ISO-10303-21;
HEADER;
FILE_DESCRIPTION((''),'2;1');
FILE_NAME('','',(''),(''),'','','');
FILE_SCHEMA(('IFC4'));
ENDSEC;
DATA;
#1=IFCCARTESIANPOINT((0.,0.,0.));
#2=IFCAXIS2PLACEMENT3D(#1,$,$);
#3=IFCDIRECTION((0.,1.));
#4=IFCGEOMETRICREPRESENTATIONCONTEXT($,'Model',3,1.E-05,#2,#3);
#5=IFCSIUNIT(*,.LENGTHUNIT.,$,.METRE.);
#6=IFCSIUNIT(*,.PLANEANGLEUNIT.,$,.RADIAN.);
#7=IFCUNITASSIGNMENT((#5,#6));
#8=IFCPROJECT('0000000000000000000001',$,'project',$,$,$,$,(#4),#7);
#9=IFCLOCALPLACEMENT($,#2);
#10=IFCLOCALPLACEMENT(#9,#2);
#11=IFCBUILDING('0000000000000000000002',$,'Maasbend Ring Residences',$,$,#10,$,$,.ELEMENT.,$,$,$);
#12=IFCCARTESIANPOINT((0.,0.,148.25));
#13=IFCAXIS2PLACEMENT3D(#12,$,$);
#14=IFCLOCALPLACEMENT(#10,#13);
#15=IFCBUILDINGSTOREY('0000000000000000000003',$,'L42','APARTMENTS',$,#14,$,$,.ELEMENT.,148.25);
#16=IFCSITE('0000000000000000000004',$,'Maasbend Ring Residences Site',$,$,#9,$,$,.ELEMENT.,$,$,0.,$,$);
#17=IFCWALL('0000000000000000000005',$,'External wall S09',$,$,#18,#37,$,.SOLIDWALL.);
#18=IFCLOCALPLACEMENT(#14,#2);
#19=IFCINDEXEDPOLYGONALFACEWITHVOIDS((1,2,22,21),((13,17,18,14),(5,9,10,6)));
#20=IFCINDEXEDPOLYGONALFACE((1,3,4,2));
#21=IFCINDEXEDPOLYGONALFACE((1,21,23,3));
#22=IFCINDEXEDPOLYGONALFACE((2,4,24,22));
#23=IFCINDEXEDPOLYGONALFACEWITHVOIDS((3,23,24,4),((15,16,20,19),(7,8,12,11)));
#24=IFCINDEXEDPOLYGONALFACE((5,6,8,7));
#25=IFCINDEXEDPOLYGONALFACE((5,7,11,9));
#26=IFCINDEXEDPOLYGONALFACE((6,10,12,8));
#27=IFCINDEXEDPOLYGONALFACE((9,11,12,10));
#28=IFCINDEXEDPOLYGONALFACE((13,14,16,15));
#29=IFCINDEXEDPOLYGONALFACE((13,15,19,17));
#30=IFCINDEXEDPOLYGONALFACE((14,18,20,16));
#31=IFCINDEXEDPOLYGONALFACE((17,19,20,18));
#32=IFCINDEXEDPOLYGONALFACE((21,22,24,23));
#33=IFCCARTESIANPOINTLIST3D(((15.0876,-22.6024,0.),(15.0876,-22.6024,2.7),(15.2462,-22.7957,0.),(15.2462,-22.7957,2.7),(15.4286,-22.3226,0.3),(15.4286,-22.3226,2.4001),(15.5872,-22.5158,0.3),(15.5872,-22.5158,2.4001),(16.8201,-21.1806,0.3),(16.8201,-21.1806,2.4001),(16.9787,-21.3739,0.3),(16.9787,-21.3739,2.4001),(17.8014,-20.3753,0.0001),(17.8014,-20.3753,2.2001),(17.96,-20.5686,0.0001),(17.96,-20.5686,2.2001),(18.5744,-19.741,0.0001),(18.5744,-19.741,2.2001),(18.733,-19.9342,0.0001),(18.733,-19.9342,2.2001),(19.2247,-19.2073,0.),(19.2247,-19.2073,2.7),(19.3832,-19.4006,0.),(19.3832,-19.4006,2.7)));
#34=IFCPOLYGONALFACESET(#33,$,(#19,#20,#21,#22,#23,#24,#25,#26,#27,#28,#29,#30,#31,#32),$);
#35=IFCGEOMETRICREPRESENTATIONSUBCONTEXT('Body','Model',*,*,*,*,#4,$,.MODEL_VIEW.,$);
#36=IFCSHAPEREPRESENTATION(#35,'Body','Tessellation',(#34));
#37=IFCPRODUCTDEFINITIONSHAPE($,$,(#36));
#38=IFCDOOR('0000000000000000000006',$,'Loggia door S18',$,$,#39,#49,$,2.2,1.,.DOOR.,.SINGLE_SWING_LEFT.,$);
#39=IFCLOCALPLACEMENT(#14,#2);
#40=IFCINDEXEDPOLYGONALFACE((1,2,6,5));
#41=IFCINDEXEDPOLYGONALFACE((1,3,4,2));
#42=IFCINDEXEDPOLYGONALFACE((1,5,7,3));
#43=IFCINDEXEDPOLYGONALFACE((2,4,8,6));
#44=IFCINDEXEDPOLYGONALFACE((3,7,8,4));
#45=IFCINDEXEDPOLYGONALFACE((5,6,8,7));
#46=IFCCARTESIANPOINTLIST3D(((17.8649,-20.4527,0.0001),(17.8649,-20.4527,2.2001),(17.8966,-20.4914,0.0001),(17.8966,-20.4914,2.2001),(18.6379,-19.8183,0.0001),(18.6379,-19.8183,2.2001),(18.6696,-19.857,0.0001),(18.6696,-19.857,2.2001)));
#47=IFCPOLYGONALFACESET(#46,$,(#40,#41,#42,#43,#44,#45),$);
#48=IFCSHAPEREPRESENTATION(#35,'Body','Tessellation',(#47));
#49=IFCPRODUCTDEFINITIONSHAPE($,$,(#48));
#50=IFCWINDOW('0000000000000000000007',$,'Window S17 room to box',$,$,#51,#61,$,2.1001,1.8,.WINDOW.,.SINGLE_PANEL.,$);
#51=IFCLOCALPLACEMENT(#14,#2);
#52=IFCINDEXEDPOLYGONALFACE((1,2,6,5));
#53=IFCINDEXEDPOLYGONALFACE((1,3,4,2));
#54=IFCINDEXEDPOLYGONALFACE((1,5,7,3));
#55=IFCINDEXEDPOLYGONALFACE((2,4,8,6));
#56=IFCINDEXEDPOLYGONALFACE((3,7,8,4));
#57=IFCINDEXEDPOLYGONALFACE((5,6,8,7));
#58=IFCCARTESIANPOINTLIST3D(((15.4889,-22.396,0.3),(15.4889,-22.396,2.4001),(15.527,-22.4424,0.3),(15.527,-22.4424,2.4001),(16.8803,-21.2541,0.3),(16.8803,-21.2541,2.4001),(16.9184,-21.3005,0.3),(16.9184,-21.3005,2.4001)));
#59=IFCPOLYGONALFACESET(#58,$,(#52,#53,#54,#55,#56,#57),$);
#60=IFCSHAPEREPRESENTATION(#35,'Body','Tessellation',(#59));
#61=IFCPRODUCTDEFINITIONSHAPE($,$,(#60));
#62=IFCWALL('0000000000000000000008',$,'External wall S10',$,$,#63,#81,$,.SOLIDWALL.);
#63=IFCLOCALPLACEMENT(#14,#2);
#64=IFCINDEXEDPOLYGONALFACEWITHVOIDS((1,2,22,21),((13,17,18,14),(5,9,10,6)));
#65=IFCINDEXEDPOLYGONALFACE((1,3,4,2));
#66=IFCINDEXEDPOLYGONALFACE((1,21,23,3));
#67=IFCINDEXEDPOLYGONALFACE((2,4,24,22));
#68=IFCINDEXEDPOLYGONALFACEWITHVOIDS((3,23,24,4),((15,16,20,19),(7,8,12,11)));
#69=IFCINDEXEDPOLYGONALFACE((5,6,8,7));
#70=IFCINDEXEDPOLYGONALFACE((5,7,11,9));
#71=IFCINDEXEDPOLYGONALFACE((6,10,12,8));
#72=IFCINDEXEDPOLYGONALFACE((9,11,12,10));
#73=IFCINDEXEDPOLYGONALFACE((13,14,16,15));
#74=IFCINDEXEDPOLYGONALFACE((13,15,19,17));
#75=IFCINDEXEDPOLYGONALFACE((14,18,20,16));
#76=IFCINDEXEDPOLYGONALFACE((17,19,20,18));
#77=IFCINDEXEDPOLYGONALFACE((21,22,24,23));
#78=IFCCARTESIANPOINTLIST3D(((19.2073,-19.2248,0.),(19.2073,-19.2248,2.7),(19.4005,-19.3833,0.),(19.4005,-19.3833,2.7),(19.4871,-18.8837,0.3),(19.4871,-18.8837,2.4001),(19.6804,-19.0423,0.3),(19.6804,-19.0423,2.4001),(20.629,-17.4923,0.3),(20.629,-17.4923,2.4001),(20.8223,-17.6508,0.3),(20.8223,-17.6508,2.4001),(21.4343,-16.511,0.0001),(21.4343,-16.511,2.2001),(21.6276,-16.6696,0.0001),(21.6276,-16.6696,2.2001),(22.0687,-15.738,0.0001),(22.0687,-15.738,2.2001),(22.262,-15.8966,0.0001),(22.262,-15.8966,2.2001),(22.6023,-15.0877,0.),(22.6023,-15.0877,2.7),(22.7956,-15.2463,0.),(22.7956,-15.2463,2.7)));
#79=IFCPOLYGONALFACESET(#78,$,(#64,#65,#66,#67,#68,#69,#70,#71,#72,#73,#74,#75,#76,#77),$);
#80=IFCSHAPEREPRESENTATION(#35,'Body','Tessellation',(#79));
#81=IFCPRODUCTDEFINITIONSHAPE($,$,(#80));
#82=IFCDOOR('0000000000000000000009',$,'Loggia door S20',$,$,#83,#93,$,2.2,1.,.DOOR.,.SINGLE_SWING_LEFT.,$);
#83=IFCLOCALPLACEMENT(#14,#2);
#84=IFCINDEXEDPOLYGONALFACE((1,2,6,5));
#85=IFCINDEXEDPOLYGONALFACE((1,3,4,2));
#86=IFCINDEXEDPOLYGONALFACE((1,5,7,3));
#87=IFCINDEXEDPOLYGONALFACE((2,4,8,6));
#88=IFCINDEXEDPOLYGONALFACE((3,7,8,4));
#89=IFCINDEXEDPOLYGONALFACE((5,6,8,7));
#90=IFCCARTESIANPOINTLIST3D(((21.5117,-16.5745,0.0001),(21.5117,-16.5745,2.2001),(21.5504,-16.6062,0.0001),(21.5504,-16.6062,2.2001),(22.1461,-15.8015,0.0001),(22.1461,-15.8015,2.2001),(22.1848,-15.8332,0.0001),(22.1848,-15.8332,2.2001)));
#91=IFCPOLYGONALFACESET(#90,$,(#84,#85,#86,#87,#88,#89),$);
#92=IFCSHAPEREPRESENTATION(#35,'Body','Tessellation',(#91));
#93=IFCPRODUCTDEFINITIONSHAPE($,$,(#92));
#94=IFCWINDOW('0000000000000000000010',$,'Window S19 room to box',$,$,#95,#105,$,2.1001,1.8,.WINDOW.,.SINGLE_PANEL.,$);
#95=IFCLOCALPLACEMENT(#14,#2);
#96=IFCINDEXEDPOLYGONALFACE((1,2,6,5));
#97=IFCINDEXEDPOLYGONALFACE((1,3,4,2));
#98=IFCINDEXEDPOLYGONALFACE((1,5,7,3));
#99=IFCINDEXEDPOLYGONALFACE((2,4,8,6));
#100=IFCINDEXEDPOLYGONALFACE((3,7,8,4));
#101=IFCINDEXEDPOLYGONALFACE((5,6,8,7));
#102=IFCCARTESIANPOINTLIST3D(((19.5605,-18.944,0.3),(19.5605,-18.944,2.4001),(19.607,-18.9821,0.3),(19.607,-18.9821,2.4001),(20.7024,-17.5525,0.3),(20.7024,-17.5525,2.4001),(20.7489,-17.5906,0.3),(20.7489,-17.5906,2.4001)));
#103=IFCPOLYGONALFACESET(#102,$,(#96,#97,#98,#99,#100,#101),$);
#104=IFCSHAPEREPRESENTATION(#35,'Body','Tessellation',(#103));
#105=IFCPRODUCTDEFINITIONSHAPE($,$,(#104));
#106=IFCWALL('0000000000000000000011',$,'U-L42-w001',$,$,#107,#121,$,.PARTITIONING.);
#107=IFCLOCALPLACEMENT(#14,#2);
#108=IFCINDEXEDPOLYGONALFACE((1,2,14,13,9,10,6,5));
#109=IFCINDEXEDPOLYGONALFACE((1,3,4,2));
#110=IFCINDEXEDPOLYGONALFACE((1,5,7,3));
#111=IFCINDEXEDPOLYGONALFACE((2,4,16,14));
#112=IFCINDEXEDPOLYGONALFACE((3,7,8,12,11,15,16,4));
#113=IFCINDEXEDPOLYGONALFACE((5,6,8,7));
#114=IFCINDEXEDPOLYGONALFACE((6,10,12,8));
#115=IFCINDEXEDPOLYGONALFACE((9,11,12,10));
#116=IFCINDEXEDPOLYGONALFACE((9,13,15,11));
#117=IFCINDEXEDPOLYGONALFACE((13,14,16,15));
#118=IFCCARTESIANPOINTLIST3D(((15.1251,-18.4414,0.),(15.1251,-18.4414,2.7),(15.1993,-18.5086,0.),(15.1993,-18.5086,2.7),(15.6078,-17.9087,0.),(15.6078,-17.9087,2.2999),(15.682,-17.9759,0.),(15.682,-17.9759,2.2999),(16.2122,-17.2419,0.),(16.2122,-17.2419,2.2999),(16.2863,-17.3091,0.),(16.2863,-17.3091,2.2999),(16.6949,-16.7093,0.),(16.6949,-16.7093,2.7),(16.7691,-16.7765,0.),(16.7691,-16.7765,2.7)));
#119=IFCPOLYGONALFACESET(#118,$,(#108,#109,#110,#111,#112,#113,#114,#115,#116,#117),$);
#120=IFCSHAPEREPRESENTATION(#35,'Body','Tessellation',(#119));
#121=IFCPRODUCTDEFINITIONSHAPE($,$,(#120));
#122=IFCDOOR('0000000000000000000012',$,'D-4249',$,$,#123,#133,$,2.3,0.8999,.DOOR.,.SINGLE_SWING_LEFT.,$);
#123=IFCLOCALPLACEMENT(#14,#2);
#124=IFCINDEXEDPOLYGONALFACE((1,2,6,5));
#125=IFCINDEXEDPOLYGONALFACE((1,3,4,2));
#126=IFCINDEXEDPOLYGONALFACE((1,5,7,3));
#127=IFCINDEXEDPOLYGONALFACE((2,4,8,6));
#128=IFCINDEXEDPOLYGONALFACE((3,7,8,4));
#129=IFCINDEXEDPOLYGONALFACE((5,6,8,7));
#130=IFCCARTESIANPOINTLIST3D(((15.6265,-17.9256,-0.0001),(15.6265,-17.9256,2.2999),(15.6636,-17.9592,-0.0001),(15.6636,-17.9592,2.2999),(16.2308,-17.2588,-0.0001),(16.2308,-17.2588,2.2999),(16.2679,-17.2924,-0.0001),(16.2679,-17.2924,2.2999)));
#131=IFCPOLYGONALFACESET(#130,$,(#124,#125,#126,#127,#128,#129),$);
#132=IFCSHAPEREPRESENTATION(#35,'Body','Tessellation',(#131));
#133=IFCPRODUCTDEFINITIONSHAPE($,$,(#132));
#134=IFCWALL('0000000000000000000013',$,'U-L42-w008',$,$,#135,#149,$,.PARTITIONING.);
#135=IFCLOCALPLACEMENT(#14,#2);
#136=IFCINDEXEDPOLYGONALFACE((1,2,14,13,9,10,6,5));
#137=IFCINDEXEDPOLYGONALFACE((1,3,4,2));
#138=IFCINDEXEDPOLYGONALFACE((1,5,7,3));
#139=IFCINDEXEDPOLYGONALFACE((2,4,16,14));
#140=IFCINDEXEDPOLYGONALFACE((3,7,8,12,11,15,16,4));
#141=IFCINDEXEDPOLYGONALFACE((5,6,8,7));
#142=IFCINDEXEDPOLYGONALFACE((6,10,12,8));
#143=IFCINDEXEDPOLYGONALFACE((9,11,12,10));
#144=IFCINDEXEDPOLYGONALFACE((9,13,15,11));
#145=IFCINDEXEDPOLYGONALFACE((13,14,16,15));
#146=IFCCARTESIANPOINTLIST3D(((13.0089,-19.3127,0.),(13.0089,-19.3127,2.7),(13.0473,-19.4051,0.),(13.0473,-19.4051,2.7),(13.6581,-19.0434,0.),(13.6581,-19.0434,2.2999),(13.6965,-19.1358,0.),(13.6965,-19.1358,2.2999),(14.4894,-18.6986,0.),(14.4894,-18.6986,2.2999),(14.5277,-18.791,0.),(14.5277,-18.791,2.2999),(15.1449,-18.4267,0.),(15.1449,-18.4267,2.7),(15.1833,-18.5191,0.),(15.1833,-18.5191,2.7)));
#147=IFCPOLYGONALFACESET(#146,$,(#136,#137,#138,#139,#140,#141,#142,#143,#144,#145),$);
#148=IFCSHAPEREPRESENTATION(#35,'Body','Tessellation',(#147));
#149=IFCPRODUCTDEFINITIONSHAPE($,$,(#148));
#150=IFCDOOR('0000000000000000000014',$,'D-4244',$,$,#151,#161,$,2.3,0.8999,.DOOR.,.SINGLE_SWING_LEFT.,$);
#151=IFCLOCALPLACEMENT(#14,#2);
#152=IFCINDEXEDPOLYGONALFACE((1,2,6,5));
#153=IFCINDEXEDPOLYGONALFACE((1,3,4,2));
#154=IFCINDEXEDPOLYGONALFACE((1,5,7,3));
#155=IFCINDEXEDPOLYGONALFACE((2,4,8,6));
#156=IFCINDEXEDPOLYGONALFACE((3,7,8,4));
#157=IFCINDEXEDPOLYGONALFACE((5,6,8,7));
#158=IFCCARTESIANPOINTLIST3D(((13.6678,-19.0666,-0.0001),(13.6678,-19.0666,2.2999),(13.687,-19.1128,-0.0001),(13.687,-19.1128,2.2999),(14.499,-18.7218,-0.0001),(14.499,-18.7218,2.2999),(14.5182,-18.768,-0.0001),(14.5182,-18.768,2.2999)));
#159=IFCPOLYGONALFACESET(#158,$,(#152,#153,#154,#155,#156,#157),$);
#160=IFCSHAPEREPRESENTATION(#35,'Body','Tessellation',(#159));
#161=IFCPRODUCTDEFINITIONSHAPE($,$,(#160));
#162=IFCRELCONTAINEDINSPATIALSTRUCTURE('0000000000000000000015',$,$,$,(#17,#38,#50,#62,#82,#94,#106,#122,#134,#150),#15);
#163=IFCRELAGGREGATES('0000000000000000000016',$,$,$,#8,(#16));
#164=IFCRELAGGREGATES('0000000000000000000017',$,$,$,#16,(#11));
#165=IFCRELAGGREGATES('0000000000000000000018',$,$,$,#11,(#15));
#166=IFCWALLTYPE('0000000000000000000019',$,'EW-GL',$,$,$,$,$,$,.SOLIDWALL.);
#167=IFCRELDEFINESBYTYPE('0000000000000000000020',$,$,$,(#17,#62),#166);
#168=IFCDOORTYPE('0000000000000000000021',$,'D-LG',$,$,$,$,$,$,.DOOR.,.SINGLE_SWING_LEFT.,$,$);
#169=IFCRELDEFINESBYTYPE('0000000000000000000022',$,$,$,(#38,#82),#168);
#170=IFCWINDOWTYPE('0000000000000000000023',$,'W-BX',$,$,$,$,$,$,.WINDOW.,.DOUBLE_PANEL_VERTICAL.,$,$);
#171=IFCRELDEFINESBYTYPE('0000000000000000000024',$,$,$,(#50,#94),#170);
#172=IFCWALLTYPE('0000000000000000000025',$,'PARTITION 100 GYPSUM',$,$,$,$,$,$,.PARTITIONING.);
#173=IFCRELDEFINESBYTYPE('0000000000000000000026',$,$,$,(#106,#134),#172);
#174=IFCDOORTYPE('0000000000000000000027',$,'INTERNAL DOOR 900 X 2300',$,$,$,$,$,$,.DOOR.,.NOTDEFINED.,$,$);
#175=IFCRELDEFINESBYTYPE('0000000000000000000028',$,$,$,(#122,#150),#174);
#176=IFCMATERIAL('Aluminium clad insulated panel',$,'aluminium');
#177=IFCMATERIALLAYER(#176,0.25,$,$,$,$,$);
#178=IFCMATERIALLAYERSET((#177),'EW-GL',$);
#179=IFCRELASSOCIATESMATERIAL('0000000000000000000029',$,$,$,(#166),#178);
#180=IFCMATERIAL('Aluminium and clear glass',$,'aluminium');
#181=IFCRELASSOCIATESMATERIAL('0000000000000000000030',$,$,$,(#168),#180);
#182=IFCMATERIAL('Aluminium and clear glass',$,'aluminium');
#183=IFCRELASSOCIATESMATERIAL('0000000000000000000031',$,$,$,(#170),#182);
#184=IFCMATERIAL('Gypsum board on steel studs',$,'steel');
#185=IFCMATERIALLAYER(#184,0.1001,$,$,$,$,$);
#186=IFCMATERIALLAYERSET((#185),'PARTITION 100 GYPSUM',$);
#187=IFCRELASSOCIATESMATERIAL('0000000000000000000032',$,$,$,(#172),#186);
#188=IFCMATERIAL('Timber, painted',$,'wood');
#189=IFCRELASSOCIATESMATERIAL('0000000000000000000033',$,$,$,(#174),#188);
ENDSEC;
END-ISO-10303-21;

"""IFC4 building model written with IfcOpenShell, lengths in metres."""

from ifc_helpers import new_model, si_unit, direction, frame, frame_2d, origin, place, context, subcontext, project, spatial, rectangle, extrude, material, layer, layer_set, type_object, element, fill, save


model = new_model("IFC4")

# Units and contexts
model_context = context("Model", 3, precision=1e-05, world=origin(), true_north=direction((0.0, 1.0)))
body_context = subcontext(model_context, "Body", "Model", "MODEL_VIEW")
ifc_project = project(units=[si_unit("LENGTHUNIT", "METRE"), si_unit("PLANEANGLEUNIT", "RADIAN")], contexts=[model_context])

# Site, building, storey
site_placement = place(None, origin())
site = spatial("IfcSite", under=ifc_project, at=site_placement, Name="Maasbend Ring Residences Site", CompositionType="ELEMENT", RefElevation=0.0)
building_placement = place(site_placement, origin())
building = spatial("IfcBuilding", under=site, at=building_placement, Name="Maasbend Ring Residences", CompositionType="ELEMENT")
storey_placement = place(building_placement, frame((0.0, 0.0, 148.25)))
storey = spatial("IfcBuildingStorey", under=building, at=storey_placement, Name="L42", Description="APARTMENTS", CompositionType="ELEMENT", Elevation=148.25)

# Walls, openings, doors, windows
ifc_material_1 = material(Name="Aluminium clad insulated panel", Category="aluminium")
ifc_layer_1 = layer(ifc_material_1, 0.25)
ifc_layer_set_1 = layer_set([ifc_layer_1], Name="EW-GL")
wall_type_1 = type_object("IfcWallType", Name="EW-GL", PredefinedType="SOLIDWALL", material=ifc_layer_set_1)
wall_1_placement = place(storey_placement, frame((15.167, -22.699, 0.0), z_axis=(0.0, 0.0, 1.0), x_axis=(0.773019, 0.634382, 0.0)))
wall_1 = element("IfcWall", 1, at=wall_1_placement, inside=storey, type_object=wall_type_1, Name="External wall S09", PredefinedType="SOLIDWALL", context=body_context, shape_type="SweptSolid", body=[
    extrude(rectangle(XDim=5.3518, YDim=0.25, at=frame_2d((2.6758, 0.0))), origin(), (0.0, 0.0, 1.0), 2.7),
])
opening_1_placement = place(wall_1_placement, frame((0.4412, 0.0, 0.3)))
opening_1 = element("IfcOpeningElement", 2, at=opening_1_placement, cuts=wall_1, PredefinedType="OPENING", context=body_context, shape_type="SweptSolid", body=[
    extrude(rectangle(XDim=1.8, YDim=2.1001, at=frame_2d((0.8999, 1.05))), frame((0.0, 0.135, 0.0), z_axis=(0.0, -1.0, 0.0), x_axis=(1.0, 0.0, 0.0)), (0.0, 0.0, 1.0), 0.27),
])
opening_2_placement = place(wall_1_placement, frame((3.5105, 0.0, 0.0)))
opening_2 = element("IfcOpeningElement", 3, at=opening_2_placement, cuts=wall_1, PredefinedType="OPENING", context=body_context, shape_type="SweptSolid", body=[
    extrude(rectangle(XDim=1.0, YDim=2.2, at=frame_2d((0.5, 1.1001))), frame((0.0, 0.135, 0.0), z_axis=(0.0, -1.0, 0.0), x_axis=(1.0, 0.0, 0.0)), (0.0, 0.0, 1.0), 0.27),
])
ifc_material_2 = material(Name="Aluminium and clear glass", Category="aluminium")
door_type_1 = type_object("IfcDoorType", Name="D-LG", OperationType="SINGLE_SWING_LEFT", PredefinedType="DOOR", material=ifc_material_2)
door_1_placement = place(opening_2_placement, origin())
door_1 = element("IfcDoor", 4, at=door_1_placement, inside=storey, type_object=door_type_1, Name="Loggia door S18", OperationType="SINGLE_SWING_LEFT", OverallHeight=2.2, OverallWidth=1.0, PredefinedType="DOOR", context=body_context, shape_type="SweptSolid", body=[
    extrude(rectangle(XDim=1.0, YDim=2.2, at=frame_2d((0.5, 1.1001))), frame((0.0, 0.0249, 0.0), z_axis=(0.0, -1.0, 0.0), x_axis=(1.0, 0.0, 0.0)), (0.0, 0.0, 1.0), 0.05),
])
fill(opening_2, door_1)
ifc_material_3 = material(Name="Aluminium and clear glass", Category="aluminium")
window_type_1 = type_object("IfcWindowType", Name="W-BX", PartitioningType="DOUBLE_PANEL_VERTICAL", PredefinedType="WINDOW", material=ifc_material_3)
window_1_placement = place(opening_1_placement, origin())
window_1 = element("IfcWindow", 5, at=window_1_placement, inside=storey, type_object=window_type_1, Name="Window S17 room to box", OverallHeight=2.1001, OverallWidth=1.8, PartitioningType="SINGLE_PANEL", PredefinedType="WINDOW", context=body_context, shape_type="SweptSolid", body=[
    extrude(rectangle(XDim=1.8, YDim=2.1001, at=frame_2d((0.8999, 1.05))), frame((0.0, 0.03, 0.0), z_axis=(0.0, -1.0, 0.0), x_axis=(1.0, 0.0, 0.0)), (0.0, 0.0, 1.0), 0.0601),
])
fill(opening_1, window_1)
wall_2_placement = place(storey_placement, frame((19.304, -19.304, 0.0), z_axis=(0.0, 0.0, 1.0), x_axis=(0.634382, 0.773019, 0.0)))
wall_2 = element("IfcWall", 6, at=wall_2_placement, inside=storey, type_object=wall_type_1, Name="External wall S10", PredefinedType="SOLIDWALL", context=body_context, shape_type="SweptSolid", body=[
    extrude(rectangle(XDim=5.3518, YDim=0.25, at=frame_2d((2.6758, 0.0))), origin(), (0.0, 0.0, 1.0), 2.7),
])
opening_3_placement = place(wall_2_placement, frame((0.4412, 0.0, 0.3)))
opening_3 = element("IfcOpeningElement", 7, at=opening_3_placement, cuts=wall_2, PredefinedType="OPENING", context=body_context, shape_type="SweptSolid", body=[
    extrude(rectangle(XDim=1.8, YDim=2.1001, at=frame_2d((0.8999, 1.05))), frame((0.0, 0.135, 0.0), z_axis=(0.0, -1.0, 0.0), x_axis=(1.0, 0.0, 0.0)), (0.0, 0.0, 1.0), 0.27),
])
opening_4_placement = place(wall_2_placement, frame((3.5105, 0.0, 0.0)))
opening_4 = element("IfcOpeningElement", 8, at=opening_4_placement, cuts=wall_2, PredefinedType="OPENING", context=body_context, shape_type="SweptSolid", body=[
    extrude(rectangle(XDim=1.0, YDim=2.2, at=frame_2d((0.5, 1.1001))), frame((0.0, 0.135, 0.0), z_axis=(0.0, -1.0, 0.0), x_axis=(1.0, 0.0, 0.0)), (0.0, 0.0, 1.0), 0.27),
])
door_2_placement = place(opening_4_placement, origin())
door_2 = element("IfcDoor", 9, at=door_2_placement, inside=storey, type_object=door_type_1, Name="Loggia door S20", OperationType="SINGLE_SWING_LEFT", OverallHeight=2.2, OverallWidth=1.0, PredefinedType="DOOR", context=body_context, shape_type="SweptSolid", body=[
    extrude(rectangle(XDim=1.0, YDim=2.2, at=frame_2d((0.5, 1.1001))), frame((0.0, 0.0249, 0.0), z_axis=(0.0, -1.0, 0.0), x_axis=(1.0, 0.0, 0.0)), (0.0, 0.0, 1.0), 0.05),
])
fill(opening_4, door_2)
window_2_placement = place(opening_3_placement, origin())
window_2 = element("IfcWindow", 10, at=window_2_placement, inside=storey, type_object=window_type_1, Name="Window S19 room to box", OverallHeight=2.1001, OverallWidth=1.8, PartitioningType="SINGLE_PANEL", PredefinedType="WINDOW", context=body_context, shape_type="SweptSolid", body=[
    extrude(rectangle(XDim=1.8, YDim=2.1001, at=frame_2d((0.8999, 1.05))), frame((0.0, 0.03, 0.0), z_axis=(0.0, -1.0, 0.0), x_axis=(1.0, 0.0, 0.0)), (0.0, 0.0, 1.0), 0.0601),
])
fill(opening_3, window_2)

# Walls, openings, doors
ifc_material_4 = material(Name="Gypsum board on steel studs", Category="steel")
ifc_layer_2 = layer(ifc_material_4, 0.1001)
ifc_layer_set_2 = layer_set([ifc_layer_2], Name="PARTITION 100 GYPSUM")
wall_type_2 = type_object("IfcWallType", Name="PARTITION 100 GYPSUM", PredefinedType="PARTITIONING", material=ifc_layer_set_2)
wall_3_placement = place(storey_placement, frame((15.1621, -18.4751, 0.0), z_axis=(0.0, 0.0, 1.0), x_axis=(0.671528, 0.740979, 0.0)))
wall_3 = element("IfcWall", 11, at=wall_3_placement, inside=storey, type_object=wall_type_2, Name="U-L42-w001", PredefinedType="PARTITIONING", context=body_context, shape_type="SweptSolid", body=[
    extrude(rectangle(XDim=2.3376, YDim=0.1001, at=frame_2d((1.1689, 0.0))), origin(), (0.0, 0.0, 1.0), 2.7),
])
opening_5_placement = place(wall_3_placement, frame((0.719, 0.0, 0.0)))
opening_5 = element("IfcOpeningElement", 12, at=opening_5_placement, cuts=wall_3, PredefinedType="OPENING", context=body_context, shape_type="SweptSolid", body=[
    extrude(rectangle(XDim=0.8999, YDim=2.3, at=frame_2d((0.45, 1.1499))), frame((0.0, 0.0601, 0.0), z_axis=(0.0, -1.0, 0.0), x_axis=(1.0, 0.0, 0.0)), (0.0, 0.0, 1.0), 0.1201),
])
ifc_material_5 = material(Name="Timber, painted", Category="wood")
door_type_2 = type_object("IfcDoorType", Name="INTERNAL DOOR 900 X 2300", OperationType="NOTDEFINED", PredefinedType="DOOR", material=ifc_material_5)
door_3_placement = place(opening_5_placement, origin())
door_3 = element("IfcDoor", 13, at=door_3_placement, inside=storey, type_object=door_type_2, Name="D-4249", OperationType="SINGLE_SWING_LEFT", OverallHeight=2.3, OverallWidth=0.8999, PredefinedType="DOOR", context=body_context, shape_type="SweptSolid", body=[
    extrude(rectangle(XDim=0.8999, YDim=2.3, at=frame_2d((0.45, 1.1499))), frame((0.0, 0.0249, 0.0), z_axis=(0.0, -1.0, 0.0), x_axis=(1.0, 0.0, 0.0)), (0.0, 0.0, 1.0), 0.05),
])
fill(opening_5, door_3)
wall_4_placement = place(storey_placement, frame((13.0281, -19.3589, 0.0), z_axis=(0.0, 0.0, 1.0), x_axis=(0.923691, 0.383138, 0.0)))
wall_4 = element("IfcWall", 14, at=wall_4_placement, inside=storey, type_object=wall_type_2, Name="U-L42-w008", PredefinedType="PARTITIONING", context=body_context, shape_type="SweptSolid", body=[
    extrude(rectangle(XDim=2.3125, YDim=0.1001, at=frame_2d((1.1562, 0.0))), origin(), (0.0, 0.0, 1.0), 2.7),
])
opening_6_placement = place(wall_4_placement, frame((0.7029, 0.0, 0.0)))
opening_6 = element("IfcOpeningElement", 15, at=opening_6_placement, cuts=wall_4, PredefinedType="OPENING", context=body_context, shape_type="SweptSolid", body=[
    extrude(rectangle(XDim=0.8999, YDim=2.3, at=frame_2d((0.45, 1.1499))), frame((0.0, 0.0601, 0.0), z_axis=(0.0, -1.0, 0.0), x_axis=(1.0, 0.0, 0.0)), (0.0, 0.0, 1.0), 0.1201),
])
door_4_placement = place(opening_6_placement, origin())
door_4 = element("IfcDoor", 16, at=door_4_placement, inside=storey, type_object=door_type_2, Name="D-4244", OperationType="SINGLE_SWING_LEFT", OverallHeight=2.3, OverallWidth=0.8999, PredefinedType="DOOR", context=body_context, shape_type="SweptSolid", body=[
    extrude(rectangle(XDim=0.8999, YDim=2.3, at=frame_2d((0.45, 1.1499))), frame((0.0, 0.0249, 0.0), z_axis=(0.0, -1.0, 0.0), x_axis=(1.0, 0.0, 0.0)), (0.0, 0.0, 1.0), 0.05),
])
fill(opening_6, door_4)

save(model, "model.ifc")
